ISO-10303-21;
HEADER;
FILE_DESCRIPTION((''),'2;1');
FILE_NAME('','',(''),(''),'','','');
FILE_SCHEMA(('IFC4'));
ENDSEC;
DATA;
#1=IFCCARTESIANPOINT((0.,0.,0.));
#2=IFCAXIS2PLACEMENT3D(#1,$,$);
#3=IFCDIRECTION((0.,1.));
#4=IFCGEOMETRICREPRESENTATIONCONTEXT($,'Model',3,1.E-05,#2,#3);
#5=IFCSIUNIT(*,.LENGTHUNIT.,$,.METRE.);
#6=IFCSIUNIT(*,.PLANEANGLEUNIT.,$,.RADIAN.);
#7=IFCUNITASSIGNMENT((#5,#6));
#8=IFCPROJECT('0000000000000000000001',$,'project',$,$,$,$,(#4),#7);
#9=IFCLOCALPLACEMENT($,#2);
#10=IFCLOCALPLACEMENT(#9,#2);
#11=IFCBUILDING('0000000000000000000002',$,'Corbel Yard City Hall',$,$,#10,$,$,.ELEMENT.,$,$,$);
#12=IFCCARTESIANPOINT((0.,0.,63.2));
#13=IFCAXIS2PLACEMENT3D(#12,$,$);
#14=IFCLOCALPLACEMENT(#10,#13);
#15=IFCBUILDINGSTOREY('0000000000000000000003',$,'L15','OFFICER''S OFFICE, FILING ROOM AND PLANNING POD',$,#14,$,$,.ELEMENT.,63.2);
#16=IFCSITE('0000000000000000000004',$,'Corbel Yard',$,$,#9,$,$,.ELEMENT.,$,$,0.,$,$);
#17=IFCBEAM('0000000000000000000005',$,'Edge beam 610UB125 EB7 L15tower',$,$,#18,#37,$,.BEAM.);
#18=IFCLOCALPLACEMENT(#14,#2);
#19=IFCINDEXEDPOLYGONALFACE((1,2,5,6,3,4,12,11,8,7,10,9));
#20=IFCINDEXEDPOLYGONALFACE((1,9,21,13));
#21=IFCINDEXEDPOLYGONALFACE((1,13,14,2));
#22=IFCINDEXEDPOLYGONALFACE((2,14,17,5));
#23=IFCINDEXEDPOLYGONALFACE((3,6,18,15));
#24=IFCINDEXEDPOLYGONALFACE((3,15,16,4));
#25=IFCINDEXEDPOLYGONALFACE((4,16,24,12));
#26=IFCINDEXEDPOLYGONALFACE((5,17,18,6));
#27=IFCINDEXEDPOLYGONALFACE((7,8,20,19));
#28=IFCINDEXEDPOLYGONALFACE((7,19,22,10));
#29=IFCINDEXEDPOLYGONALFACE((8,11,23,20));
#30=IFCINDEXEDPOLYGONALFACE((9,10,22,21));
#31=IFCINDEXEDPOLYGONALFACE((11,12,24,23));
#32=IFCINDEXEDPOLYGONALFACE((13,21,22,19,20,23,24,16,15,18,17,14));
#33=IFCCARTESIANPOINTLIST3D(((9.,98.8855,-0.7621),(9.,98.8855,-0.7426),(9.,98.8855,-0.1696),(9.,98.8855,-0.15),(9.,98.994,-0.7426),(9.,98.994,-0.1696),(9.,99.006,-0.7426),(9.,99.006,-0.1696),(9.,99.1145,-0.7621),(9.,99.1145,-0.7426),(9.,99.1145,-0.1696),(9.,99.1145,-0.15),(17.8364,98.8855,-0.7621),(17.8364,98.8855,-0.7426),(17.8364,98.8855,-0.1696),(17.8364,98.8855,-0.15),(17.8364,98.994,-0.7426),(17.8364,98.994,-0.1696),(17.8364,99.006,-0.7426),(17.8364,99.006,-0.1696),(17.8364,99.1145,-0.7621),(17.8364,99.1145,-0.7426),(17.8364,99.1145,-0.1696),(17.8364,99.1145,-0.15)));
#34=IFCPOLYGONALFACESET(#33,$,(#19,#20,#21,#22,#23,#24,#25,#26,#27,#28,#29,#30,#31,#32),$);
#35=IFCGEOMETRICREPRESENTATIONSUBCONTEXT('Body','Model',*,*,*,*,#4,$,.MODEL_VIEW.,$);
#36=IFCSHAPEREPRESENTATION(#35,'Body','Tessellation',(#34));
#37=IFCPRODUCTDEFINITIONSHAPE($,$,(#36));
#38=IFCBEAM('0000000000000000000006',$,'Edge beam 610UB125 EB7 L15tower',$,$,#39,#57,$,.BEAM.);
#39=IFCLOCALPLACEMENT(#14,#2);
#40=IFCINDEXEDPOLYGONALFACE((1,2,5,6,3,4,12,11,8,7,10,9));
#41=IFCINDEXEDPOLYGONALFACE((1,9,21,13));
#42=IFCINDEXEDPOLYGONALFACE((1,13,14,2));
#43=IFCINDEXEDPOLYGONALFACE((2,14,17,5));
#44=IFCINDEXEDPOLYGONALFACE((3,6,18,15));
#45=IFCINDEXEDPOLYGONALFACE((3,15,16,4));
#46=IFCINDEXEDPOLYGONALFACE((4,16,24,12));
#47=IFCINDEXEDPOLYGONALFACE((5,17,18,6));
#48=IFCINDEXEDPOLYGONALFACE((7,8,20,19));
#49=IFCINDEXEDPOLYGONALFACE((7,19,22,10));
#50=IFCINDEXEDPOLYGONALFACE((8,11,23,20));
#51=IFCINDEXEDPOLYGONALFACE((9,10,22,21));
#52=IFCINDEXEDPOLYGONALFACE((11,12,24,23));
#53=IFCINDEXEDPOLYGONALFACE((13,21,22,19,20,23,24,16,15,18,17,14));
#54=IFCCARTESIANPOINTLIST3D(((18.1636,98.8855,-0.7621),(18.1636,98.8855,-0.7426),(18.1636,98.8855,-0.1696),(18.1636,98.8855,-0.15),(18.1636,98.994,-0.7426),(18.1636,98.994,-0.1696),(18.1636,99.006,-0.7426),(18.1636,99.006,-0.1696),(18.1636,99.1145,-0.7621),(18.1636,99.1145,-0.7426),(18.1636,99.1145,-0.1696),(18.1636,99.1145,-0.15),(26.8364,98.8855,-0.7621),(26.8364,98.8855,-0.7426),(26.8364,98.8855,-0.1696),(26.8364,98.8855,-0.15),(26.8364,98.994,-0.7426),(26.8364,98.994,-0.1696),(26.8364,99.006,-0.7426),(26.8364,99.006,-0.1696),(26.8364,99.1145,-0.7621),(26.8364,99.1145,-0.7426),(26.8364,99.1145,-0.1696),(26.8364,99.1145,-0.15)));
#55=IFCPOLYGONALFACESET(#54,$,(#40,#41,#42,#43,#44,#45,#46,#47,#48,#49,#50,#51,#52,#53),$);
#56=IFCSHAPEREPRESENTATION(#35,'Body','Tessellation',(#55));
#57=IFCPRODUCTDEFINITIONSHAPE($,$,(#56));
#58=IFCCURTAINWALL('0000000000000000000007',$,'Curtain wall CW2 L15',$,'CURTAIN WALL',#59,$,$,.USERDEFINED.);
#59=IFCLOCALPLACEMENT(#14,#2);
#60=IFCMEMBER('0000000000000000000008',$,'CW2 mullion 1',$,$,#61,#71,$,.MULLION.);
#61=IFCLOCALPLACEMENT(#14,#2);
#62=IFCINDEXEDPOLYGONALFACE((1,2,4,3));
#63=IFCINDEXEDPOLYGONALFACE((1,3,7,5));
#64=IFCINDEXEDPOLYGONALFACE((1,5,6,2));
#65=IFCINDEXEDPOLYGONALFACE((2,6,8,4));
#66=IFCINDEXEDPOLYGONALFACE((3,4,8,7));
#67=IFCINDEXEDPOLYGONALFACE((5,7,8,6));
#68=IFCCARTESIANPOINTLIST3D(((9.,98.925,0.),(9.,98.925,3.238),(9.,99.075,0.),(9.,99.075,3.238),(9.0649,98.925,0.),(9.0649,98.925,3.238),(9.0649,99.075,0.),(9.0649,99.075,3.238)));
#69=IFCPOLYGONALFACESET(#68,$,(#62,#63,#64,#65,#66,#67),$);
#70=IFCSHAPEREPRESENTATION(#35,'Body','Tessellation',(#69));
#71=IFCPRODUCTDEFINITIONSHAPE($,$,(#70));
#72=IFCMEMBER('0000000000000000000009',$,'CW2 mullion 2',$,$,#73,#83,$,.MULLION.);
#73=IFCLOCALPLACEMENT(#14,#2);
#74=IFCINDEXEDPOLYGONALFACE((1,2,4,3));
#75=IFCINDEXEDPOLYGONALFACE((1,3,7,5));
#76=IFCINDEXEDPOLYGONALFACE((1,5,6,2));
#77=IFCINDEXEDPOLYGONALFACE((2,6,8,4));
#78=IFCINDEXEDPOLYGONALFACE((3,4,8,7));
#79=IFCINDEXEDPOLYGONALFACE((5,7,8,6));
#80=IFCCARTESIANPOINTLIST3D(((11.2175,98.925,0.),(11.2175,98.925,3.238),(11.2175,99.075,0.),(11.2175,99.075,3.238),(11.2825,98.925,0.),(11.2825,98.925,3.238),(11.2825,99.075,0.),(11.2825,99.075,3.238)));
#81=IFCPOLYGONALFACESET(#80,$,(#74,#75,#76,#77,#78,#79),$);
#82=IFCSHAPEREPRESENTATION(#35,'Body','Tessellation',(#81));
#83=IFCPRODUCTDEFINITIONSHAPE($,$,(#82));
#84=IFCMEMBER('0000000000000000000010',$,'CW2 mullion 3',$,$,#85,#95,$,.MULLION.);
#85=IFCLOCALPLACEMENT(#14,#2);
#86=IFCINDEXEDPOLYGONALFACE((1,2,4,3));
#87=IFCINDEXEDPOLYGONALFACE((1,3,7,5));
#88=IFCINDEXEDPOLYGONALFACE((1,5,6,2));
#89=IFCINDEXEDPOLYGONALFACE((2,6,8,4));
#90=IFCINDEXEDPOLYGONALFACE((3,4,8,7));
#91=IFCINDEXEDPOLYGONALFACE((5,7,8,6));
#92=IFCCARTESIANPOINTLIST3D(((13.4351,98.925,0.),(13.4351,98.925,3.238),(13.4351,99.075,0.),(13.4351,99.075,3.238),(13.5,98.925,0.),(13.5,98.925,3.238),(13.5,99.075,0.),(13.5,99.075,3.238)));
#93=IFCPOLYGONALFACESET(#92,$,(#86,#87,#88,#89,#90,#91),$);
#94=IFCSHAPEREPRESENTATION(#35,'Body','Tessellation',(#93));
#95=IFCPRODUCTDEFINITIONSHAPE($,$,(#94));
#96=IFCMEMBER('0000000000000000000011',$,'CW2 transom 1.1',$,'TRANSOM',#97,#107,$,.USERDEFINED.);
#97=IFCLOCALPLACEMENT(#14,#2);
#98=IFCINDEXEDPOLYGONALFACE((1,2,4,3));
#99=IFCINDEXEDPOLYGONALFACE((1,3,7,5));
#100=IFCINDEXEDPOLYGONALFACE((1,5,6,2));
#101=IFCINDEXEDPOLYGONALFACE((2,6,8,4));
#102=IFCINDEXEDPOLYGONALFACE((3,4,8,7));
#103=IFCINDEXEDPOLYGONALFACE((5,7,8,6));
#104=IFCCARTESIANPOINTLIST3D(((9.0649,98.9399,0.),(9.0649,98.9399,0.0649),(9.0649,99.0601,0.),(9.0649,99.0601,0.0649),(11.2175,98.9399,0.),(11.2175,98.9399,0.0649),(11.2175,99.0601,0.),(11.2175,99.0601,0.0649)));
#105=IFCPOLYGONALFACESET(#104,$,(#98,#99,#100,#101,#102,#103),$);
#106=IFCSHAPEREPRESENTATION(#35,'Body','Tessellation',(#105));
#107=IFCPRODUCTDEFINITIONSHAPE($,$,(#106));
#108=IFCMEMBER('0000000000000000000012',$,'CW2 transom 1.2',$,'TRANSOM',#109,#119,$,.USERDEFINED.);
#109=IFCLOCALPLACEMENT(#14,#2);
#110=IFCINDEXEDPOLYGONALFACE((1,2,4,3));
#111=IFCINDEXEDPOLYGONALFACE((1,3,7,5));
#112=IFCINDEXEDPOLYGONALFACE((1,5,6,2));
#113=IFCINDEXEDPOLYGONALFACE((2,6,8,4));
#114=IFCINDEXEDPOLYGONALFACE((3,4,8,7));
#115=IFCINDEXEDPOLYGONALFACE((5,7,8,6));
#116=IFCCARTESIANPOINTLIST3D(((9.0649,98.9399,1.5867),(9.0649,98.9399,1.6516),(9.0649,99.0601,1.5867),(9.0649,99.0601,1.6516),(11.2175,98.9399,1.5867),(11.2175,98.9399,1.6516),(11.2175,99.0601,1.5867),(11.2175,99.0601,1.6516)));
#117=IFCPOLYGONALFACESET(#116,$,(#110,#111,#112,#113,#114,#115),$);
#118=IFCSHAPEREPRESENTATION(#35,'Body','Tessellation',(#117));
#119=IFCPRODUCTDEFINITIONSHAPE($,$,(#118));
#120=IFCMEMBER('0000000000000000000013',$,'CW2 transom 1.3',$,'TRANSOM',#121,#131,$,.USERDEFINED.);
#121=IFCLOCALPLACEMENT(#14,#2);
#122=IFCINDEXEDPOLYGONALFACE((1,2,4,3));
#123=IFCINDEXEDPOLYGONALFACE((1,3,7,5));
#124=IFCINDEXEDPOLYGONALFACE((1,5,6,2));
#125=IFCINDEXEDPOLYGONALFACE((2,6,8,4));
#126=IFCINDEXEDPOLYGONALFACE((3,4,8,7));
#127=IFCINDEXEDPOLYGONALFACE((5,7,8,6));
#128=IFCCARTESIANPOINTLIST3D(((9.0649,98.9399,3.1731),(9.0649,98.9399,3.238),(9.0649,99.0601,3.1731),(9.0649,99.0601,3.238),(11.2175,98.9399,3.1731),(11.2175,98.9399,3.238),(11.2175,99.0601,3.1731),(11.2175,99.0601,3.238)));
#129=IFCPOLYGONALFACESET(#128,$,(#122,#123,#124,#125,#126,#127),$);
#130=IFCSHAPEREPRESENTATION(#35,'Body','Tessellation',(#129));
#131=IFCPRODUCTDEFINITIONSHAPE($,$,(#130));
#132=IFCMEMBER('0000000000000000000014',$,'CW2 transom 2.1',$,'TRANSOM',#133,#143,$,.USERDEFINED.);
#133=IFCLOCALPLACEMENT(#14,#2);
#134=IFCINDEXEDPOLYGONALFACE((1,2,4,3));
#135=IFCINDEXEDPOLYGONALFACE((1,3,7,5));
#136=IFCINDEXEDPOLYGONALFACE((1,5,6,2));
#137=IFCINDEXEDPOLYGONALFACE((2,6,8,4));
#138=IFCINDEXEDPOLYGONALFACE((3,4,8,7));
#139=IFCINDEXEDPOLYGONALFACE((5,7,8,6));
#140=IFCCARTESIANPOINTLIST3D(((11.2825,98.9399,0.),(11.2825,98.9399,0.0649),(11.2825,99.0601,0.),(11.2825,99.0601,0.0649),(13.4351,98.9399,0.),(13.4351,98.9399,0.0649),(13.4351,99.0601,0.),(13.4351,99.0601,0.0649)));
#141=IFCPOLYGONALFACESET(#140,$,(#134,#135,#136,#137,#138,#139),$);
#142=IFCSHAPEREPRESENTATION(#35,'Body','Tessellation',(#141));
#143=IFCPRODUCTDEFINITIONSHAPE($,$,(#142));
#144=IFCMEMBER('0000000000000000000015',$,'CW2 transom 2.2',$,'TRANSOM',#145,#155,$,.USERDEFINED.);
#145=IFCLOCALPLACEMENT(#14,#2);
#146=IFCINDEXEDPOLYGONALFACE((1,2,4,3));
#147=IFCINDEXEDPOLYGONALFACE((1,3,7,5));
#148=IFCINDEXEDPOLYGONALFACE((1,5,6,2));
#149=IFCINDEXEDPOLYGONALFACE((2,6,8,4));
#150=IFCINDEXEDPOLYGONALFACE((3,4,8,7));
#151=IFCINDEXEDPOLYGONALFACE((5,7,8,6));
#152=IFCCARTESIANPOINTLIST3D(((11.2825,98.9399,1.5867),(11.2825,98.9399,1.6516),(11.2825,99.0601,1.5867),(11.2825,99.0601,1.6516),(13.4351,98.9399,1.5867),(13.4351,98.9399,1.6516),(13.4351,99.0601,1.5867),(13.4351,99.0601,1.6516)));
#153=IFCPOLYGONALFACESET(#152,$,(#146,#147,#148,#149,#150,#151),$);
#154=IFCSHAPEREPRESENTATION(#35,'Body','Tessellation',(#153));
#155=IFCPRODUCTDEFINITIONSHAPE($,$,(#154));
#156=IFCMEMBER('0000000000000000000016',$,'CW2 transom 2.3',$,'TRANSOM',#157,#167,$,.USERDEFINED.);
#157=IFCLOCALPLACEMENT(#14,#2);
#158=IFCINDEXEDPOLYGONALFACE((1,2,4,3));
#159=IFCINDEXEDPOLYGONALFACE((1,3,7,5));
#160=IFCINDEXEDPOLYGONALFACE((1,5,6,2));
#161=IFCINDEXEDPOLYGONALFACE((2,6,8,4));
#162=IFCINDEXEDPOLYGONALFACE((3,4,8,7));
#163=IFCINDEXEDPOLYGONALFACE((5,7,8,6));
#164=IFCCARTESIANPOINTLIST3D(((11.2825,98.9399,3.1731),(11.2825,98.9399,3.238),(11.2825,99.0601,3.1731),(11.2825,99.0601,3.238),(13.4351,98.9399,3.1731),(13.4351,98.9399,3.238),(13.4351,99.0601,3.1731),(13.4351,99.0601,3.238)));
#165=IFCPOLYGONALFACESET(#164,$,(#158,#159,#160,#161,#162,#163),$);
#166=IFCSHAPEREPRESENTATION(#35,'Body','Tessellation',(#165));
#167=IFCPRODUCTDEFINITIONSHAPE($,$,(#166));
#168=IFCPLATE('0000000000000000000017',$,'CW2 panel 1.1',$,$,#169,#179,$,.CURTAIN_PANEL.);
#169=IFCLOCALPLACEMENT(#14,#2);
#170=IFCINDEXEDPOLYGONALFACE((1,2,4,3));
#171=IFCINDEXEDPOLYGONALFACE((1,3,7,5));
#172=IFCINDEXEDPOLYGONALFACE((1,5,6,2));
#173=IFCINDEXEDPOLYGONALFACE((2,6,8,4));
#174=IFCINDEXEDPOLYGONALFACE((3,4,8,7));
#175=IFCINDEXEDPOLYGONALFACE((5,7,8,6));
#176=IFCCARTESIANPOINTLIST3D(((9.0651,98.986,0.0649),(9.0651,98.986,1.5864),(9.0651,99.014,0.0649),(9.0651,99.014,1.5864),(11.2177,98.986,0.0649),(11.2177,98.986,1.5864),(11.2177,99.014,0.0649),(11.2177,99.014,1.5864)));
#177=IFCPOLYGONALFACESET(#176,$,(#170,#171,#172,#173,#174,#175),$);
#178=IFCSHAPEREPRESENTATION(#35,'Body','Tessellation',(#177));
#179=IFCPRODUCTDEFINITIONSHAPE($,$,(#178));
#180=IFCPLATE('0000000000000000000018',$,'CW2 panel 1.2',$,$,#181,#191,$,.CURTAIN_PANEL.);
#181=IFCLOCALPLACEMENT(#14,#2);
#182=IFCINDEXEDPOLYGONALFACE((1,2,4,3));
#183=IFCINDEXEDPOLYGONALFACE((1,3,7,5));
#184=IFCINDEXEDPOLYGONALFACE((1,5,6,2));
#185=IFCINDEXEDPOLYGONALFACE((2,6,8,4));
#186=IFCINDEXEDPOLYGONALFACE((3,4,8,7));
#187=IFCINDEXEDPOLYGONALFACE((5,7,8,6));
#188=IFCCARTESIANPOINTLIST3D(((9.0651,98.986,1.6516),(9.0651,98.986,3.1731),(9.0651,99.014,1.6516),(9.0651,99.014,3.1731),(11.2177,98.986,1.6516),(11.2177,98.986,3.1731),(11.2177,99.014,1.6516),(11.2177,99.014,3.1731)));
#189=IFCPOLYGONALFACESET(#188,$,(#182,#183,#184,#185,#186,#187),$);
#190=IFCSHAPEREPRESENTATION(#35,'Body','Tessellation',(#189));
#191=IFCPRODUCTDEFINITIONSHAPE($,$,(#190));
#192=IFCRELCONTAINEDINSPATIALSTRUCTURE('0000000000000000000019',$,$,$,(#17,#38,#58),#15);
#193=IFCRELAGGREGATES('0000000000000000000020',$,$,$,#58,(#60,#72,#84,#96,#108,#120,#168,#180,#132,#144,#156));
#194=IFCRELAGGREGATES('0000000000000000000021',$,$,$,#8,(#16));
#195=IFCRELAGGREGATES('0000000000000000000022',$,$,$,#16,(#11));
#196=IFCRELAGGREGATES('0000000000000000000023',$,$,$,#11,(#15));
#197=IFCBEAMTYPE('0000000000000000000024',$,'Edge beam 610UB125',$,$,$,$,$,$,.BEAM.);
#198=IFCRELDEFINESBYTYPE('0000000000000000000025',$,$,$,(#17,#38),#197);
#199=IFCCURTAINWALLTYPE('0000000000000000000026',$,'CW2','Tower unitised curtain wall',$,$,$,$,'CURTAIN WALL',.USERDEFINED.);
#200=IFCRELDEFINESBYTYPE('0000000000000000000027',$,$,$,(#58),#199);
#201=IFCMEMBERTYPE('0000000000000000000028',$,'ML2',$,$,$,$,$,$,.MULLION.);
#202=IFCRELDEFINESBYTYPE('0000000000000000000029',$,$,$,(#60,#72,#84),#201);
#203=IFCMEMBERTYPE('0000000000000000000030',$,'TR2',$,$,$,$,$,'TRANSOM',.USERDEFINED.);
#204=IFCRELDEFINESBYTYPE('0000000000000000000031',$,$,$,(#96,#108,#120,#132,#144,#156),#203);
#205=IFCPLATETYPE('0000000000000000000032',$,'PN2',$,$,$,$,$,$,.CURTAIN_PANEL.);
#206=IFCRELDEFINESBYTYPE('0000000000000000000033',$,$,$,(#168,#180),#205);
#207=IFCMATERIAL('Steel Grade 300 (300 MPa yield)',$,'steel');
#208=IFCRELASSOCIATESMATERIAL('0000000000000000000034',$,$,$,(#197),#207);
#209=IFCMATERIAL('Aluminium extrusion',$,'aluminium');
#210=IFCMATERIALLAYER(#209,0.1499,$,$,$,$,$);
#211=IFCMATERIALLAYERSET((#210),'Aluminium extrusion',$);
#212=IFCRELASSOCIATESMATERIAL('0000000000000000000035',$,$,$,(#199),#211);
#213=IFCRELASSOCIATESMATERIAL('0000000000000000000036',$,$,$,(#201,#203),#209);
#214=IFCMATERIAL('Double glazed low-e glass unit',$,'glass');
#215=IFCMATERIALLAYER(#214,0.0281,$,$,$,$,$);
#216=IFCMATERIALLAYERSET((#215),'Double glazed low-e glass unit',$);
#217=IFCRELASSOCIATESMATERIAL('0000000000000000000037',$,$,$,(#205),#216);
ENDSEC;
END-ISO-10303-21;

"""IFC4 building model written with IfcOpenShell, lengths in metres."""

from ifc_helpers import new_model, si_unit, direction, frame, origin, origin_2d, place, context, subcontext, project, spatial, rectangle, i_section, extrude, material, layer, layer_set, material_profile, profile_set, type_object, element, aggregate, save


model = new_model("IFC4")

# Units and contexts
model_context = context("Model", 3, precision=1e-05, world=origin(), true_north=direction((0.0, 1.0)))
body_context = subcontext(model_context, "Body", "Model", "MODEL_VIEW")
ifc_project = project(units=[si_unit("LENGTHUNIT", "METRE"), si_unit("PLANEANGLEUNIT", "RADIAN")], contexts=[model_context])

# Site, building, storey
site_placement = place(None, origin())
site = spatial("IfcSite", under=ifc_project, at=site_placement, Name="Corbel Yard", CompositionType="ELEMENT", RefElevation=0.0)
building_placement = place(site_placement, origin())
building = spatial("IfcBuilding", under=site, at=building_placement, Name="Corbel Yard City Hall", CompositionType="ELEMENT")
storey_placement = place(building_placement, frame((0.0, 0.0, 63.2)))
storey = spatial("IfcBuildingStorey", under=building, at=storey_placement, Name="L15", Description="OFFICER'S OFFICE, FILING ROOM AND PLANNING POD", CompositionType="ELEMENT", Elevation=63.2)

# Beams
ifc_material_1 = material(Name="Steel Grade 300 (300 MPa yield)", Category="steel")
ifc_material_profile_1 = material_profile(ifc_material_1, i_section(OverallWidth=0.229, OverallDepth=0.6121, WebThickness=0.012, FlangeThickness=0.0195, at=origin_2d()), Name="610UB125")
ifc_profile_set_1 = profile_set([ifc_material_profile_1], Name="Steel Grade 300 (300 MPa yield)")
beam_type = type_object("IfcBeamType", Name="Edge beam 610UB125", PredefinedType="BEAM", material=ifc_profile_set_1)
beam_1_placement = place(storey_placement, frame((9.0, 99.0, -0.4561), z_axis=(1.0, 0.0, 0.0), x_axis=(0.0, 1.0, 0.0)))
element("IfcBeam", 1, at=beam_1_placement, inside=storey, type_object=beam_type, Name="Edge beam 610UB125 EB7 L15tower", PredefinedType="BEAM", context=body_context, shape_type="SweptSolid", body=[
    extrude(i_section(OverallWidth=0.229, OverallDepth=0.6121, WebThickness=0.012, FlangeThickness=0.0195, at=origin_2d()), origin(), (0.0, 0.0, 1.0), 8.8364),
])
beam_2_placement = place(storey_placement, frame((18.1636, 99.0, -0.4561), z_axis=(1.0, 0.0, 0.0), x_axis=(0.0, 1.0, 0.0)))
element("IfcBeam", 2, at=beam_2_placement, inside=storey, type_object=beam_type, Name="Edge beam 610UB125 EB7 L15tower", PredefinedType="BEAM", context=body_context, shape_type="SweptSolid", body=[
    extrude(i_section(OverallWidth=0.229, OverallDepth=0.6121, WebThickness=0.012, FlangeThickness=0.0195, at=origin_2d()), origin(), (0.0, 0.0, 1.0), 8.6729),
])

# Curtain wall, members, plates
ifc_material_2 = material(Name="Aluminium extrusion", Category="aluminium")
ifc_layer_1 = layer(ifc_material_2, 0.1499)
ifc_layer_set_1 = layer_set([ifc_layer_1], Name="Aluminium extrusion")
curtain_wall_type = type_object("IfcCurtainWallType", Name="CW2", Description="Tower unitised curtain wall", ElementType="CURTAIN WALL", PredefinedType="USERDEFINED", material=ifc_layer_set_1)
curtain_wall_placement = place(storey_placement, origin())
curtain_wall = element("IfcCurtainWall", 3, at=curtain_wall_placement, inside=storey, type_object=curtain_wall_type, Name="Curtain wall CW2 L15", ObjectType="CURTAIN WALL", PredefinedType="USERDEFINED")
ifc_material_profile_2 = material_profile(ifc_material_2, rectangle(XDim=0.1499, YDim=0.0649, at=origin_2d()), Name="150x65")
ifc_profile_set_2 = profile_set([ifc_material_profile_2], Name="Aluminium extrusion")
member_type_1 = type_object("IfcMemberType", Name="ML2", PredefinedType="MULLION", material=ifc_profile_set_2)
member_1_placement = place(storey_placement, frame((9.0325, 99.0, 0.0), z_axis=(0.0, 0.0, 1.0), x_axis=(0.0, 1.0, 0.0)))
member_1 = element("IfcMember", 4, at=member_1_placement, type_object=member_type_1, Name="CW2 mullion 1", PredefinedType="MULLION", context=body_context, shape_type="SweptSolid", body=[
    extrude(rectangle(XDim=0.1499, YDim=0.0649, at=origin_2d()), origin(), (0.0, 0.0, 1.0), 3.238),
])
member_2_placement = place(storey_placement, frame((11.25, 99.0, 0.0), z_axis=(0.0, 0.0, 1.0), x_axis=(0.0, 1.0, 0.0)))
member_2 = element("IfcMember", 5, at=member_2_placement, type_object=member_type_1, Name="CW2 mullion 2", PredefinedType="MULLION", context=body_context, shape_type="SweptSolid", body=[
    extrude(rectangle(XDim=0.1499, YDim=0.0649, at=origin_2d()), origin(), (0.0, 0.0, 1.0), 3.238),
])
member_3_placement = place(storey_placement, frame((13.4675, 99.0, 0.0), z_axis=(0.0, 0.0, 1.0), x_axis=(0.0, 1.0, 0.0)))
member_3 = element("IfcMember", 6, at=member_3_placement, type_object=member_type_1, Name="CW2 mullion 3", PredefinedType="MULLION", context=body_context, shape_type="SweptSolid", body=[
    extrude(rectangle(XDim=0.1499, YDim=0.0649, at=origin_2d()), origin(), (0.0, 0.0, 1.0), 3.238),
])
ifc_material_profile_3 = material_profile(ifc_material_2, rectangle(XDim=0.1201, YDim=0.0649, at=origin_2d()), Name="120x65")
ifc_profile_set_3 = profile_set([ifc_material_profile_3], Name="Aluminium extrusion")
member_type_2 = type_object("IfcMemberType", Name="TR2", ElementType="TRANSOM", PredefinedType="USERDEFINED", material=ifc_profile_set_3)
member_4_placement = place(storey_placement, frame((9.0649, 99.0, 0.0325), z_axis=(1.0, 0.0, 0.0), x_axis=(0.0, 1.0, 0.0)))
member_4 = element("IfcMember", 7, at=member_4_placement, type_object=member_type_2, Name="CW2 transom 1.1", ObjectType="TRANSOM", PredefinedType="USERDEFINED", context=body_context, shape_type="SweptSolid", body=[
    extrude(rectangle(XDim=0.1201, YDim=0.0649, at=origin_2d()), origin(), (0.0, 0.0, 1.0), 2.1526),
])
member_5_placement = place(storey_placement, frame((9.0649, 99.0, 1.6191), z_axis=(1.0, 0.0, 0.0), x_axis=(0.0, 1.0, 0.0)))
member_5 = element("IfcMember", 8, at=member_5_placement, type_object=member_type_2, Name="CW2 transom 1.2", ObjectType="TRANSOM", PredefinedType="USERDEFINED", context=body_context, shape_type="SweptSolid", body=[
    extrude(rectangle(XDim=0.1201, YDim=0.0649, at=origin_2d()), origin(), (0.0, 0.0, 1.0), 2.1526),
])
member_6_placement = place(storey_placement, frame((9.0649, 99.0, 3.2056), z_axis=(1.0, 0.0, 0.0), x_axis=(0.0, 1.0, 0.0)))
member_6 = element("IfcMember", 9, at=member_6_placement, type_object=member_type_2, Name="CW2 transom 1.3", ObjectType="TRANSOM", PredefinedType="USERDEFINED", context=body_context, shape_type="SweptSolid", body=[
    extrude(rectangle(XDim=0.1201, YDim=0.0649, at=origin_2d()), origin(), (0.0, 0.0, 1.0), 2.1526),
])
member_7_placement = place(storey_placement, frame((11.2825, 99.0, 0.0325), z_axis=(1.0, 0.0, 0.0), x_axis=(0.0, 1.0, 0.0)))
member_7 = element("IfcMember", 10, at=member_7_placement, type_object=member_type_2, Name="CW2 transom 2.1", ObjectType="TRANSOM", PredefinedType="USERDEFINED", context=body_context, shape_type="SweptSolid", body=[
    extrude(rectangle(XDim=0.1201, YDim=0.0649, at=origin_2d()), origin(), (0.0, 0.0, 1.0), 2.1526),
])
member_8_placement = place(storey_placement, frame((11.2825, 99.0, 1.6191), z_axis=(1.0, 0.0, 0.0), x_axis=(0.0, 1.0, 0.0)))
member_8 = element("IfcMember", 11, at=member_8_placement, type_object=member_type_2, Name="CW2 transom 2.2", ObjectType="TRANSOM", PredefinedType="USERDEFINED", context=body_context, shape_type="SweptSolid", body=[
    extrude(rectangle(XDim=0.1201, YDim=0.0649, at=origin_2d()), origin(), (0.0, 0.0, 1.0), 2.1526),
])
member_9_placement = place(storey_placement, frame((11.2825, 99.0, 3.2056), z_axis=(1.0, 0.0, 0.0), x_axis=(0.0, 1.0, 0.0)))
member_9 = element("IfcMember", 12, at=member_9_placement, type_object=member_type_2, Name="CW2 transom 2.3", ObjectType="TRANSOM", PredefinedType="USERDEFINED", context=body_context, shape_type="SweptSolid", body=[
    extrude(rectangle(XDim=0.1201, YDim=0.0649, at=origin_2d()), origin(), (0.0, 0.0, 1.0), 2.1526),
])
ifc_material_3 = material(Name="Double glazed low-e glass unit", Category="glass")
ifc_layer_2 = layer(ifc_material_3, 0.0281)
ifc_layer_set_2 = layer_set([ifc_layer_2], Name="Double glazed low-e glass unit")
plate_type = type_object("IfcPlateType", Name="PN2", PredefinedType="CURTAIN_PANEL", material=ifc_layer_set_2)
plate_1_placement = place(storey_placement, frame((10.1414, 99.0, 0.0649), z_axis=(0.0, 0.0, 1.0), x_axis=(1.0, 0.0, 0.0)))
plate_1 = element("IfcPlate", 13, at=plate_1_placement, type_object=plate_type, Name="CW2 panel 1.1", PredefinedType="CURTAIN_PANEL", context=body_context, shape_type="SweptSolid", body=[
    extrude(rectangle(XDim=2.1526, YDim=0.0281, at=origin_2d()), origin(), (0.0, 0.0, 1.0), 1.5215),
])
plate_2_placement = place(storey_placement, frame((10.1414, 99.0, 1.6516), z_axis=(0.0, 0.0, 1.0), x_axis=(1.0, 0.0, 0.0)))
plate_2 = element("IfcPlate", 14, at=plate_2_placement, type_object=plate_type, Name="CW2 panel 1.2", PredefinedType="CURTAIN_PANEL", context=body_context, shape_type="SweptSolid", body=[
    extrude(rectangle(XDim=2.1526, YDim=0.0281, at=origin_2d()), origin(), (0.0, 0.0, 1.0), 1.5215),
])
aggregate(curtain_wall, [member_1, member_2, member_3, member_4, member_5, member_6, plate_1, plate_2, member_7, member_8, member_9])

save(model, "model.ifc")
